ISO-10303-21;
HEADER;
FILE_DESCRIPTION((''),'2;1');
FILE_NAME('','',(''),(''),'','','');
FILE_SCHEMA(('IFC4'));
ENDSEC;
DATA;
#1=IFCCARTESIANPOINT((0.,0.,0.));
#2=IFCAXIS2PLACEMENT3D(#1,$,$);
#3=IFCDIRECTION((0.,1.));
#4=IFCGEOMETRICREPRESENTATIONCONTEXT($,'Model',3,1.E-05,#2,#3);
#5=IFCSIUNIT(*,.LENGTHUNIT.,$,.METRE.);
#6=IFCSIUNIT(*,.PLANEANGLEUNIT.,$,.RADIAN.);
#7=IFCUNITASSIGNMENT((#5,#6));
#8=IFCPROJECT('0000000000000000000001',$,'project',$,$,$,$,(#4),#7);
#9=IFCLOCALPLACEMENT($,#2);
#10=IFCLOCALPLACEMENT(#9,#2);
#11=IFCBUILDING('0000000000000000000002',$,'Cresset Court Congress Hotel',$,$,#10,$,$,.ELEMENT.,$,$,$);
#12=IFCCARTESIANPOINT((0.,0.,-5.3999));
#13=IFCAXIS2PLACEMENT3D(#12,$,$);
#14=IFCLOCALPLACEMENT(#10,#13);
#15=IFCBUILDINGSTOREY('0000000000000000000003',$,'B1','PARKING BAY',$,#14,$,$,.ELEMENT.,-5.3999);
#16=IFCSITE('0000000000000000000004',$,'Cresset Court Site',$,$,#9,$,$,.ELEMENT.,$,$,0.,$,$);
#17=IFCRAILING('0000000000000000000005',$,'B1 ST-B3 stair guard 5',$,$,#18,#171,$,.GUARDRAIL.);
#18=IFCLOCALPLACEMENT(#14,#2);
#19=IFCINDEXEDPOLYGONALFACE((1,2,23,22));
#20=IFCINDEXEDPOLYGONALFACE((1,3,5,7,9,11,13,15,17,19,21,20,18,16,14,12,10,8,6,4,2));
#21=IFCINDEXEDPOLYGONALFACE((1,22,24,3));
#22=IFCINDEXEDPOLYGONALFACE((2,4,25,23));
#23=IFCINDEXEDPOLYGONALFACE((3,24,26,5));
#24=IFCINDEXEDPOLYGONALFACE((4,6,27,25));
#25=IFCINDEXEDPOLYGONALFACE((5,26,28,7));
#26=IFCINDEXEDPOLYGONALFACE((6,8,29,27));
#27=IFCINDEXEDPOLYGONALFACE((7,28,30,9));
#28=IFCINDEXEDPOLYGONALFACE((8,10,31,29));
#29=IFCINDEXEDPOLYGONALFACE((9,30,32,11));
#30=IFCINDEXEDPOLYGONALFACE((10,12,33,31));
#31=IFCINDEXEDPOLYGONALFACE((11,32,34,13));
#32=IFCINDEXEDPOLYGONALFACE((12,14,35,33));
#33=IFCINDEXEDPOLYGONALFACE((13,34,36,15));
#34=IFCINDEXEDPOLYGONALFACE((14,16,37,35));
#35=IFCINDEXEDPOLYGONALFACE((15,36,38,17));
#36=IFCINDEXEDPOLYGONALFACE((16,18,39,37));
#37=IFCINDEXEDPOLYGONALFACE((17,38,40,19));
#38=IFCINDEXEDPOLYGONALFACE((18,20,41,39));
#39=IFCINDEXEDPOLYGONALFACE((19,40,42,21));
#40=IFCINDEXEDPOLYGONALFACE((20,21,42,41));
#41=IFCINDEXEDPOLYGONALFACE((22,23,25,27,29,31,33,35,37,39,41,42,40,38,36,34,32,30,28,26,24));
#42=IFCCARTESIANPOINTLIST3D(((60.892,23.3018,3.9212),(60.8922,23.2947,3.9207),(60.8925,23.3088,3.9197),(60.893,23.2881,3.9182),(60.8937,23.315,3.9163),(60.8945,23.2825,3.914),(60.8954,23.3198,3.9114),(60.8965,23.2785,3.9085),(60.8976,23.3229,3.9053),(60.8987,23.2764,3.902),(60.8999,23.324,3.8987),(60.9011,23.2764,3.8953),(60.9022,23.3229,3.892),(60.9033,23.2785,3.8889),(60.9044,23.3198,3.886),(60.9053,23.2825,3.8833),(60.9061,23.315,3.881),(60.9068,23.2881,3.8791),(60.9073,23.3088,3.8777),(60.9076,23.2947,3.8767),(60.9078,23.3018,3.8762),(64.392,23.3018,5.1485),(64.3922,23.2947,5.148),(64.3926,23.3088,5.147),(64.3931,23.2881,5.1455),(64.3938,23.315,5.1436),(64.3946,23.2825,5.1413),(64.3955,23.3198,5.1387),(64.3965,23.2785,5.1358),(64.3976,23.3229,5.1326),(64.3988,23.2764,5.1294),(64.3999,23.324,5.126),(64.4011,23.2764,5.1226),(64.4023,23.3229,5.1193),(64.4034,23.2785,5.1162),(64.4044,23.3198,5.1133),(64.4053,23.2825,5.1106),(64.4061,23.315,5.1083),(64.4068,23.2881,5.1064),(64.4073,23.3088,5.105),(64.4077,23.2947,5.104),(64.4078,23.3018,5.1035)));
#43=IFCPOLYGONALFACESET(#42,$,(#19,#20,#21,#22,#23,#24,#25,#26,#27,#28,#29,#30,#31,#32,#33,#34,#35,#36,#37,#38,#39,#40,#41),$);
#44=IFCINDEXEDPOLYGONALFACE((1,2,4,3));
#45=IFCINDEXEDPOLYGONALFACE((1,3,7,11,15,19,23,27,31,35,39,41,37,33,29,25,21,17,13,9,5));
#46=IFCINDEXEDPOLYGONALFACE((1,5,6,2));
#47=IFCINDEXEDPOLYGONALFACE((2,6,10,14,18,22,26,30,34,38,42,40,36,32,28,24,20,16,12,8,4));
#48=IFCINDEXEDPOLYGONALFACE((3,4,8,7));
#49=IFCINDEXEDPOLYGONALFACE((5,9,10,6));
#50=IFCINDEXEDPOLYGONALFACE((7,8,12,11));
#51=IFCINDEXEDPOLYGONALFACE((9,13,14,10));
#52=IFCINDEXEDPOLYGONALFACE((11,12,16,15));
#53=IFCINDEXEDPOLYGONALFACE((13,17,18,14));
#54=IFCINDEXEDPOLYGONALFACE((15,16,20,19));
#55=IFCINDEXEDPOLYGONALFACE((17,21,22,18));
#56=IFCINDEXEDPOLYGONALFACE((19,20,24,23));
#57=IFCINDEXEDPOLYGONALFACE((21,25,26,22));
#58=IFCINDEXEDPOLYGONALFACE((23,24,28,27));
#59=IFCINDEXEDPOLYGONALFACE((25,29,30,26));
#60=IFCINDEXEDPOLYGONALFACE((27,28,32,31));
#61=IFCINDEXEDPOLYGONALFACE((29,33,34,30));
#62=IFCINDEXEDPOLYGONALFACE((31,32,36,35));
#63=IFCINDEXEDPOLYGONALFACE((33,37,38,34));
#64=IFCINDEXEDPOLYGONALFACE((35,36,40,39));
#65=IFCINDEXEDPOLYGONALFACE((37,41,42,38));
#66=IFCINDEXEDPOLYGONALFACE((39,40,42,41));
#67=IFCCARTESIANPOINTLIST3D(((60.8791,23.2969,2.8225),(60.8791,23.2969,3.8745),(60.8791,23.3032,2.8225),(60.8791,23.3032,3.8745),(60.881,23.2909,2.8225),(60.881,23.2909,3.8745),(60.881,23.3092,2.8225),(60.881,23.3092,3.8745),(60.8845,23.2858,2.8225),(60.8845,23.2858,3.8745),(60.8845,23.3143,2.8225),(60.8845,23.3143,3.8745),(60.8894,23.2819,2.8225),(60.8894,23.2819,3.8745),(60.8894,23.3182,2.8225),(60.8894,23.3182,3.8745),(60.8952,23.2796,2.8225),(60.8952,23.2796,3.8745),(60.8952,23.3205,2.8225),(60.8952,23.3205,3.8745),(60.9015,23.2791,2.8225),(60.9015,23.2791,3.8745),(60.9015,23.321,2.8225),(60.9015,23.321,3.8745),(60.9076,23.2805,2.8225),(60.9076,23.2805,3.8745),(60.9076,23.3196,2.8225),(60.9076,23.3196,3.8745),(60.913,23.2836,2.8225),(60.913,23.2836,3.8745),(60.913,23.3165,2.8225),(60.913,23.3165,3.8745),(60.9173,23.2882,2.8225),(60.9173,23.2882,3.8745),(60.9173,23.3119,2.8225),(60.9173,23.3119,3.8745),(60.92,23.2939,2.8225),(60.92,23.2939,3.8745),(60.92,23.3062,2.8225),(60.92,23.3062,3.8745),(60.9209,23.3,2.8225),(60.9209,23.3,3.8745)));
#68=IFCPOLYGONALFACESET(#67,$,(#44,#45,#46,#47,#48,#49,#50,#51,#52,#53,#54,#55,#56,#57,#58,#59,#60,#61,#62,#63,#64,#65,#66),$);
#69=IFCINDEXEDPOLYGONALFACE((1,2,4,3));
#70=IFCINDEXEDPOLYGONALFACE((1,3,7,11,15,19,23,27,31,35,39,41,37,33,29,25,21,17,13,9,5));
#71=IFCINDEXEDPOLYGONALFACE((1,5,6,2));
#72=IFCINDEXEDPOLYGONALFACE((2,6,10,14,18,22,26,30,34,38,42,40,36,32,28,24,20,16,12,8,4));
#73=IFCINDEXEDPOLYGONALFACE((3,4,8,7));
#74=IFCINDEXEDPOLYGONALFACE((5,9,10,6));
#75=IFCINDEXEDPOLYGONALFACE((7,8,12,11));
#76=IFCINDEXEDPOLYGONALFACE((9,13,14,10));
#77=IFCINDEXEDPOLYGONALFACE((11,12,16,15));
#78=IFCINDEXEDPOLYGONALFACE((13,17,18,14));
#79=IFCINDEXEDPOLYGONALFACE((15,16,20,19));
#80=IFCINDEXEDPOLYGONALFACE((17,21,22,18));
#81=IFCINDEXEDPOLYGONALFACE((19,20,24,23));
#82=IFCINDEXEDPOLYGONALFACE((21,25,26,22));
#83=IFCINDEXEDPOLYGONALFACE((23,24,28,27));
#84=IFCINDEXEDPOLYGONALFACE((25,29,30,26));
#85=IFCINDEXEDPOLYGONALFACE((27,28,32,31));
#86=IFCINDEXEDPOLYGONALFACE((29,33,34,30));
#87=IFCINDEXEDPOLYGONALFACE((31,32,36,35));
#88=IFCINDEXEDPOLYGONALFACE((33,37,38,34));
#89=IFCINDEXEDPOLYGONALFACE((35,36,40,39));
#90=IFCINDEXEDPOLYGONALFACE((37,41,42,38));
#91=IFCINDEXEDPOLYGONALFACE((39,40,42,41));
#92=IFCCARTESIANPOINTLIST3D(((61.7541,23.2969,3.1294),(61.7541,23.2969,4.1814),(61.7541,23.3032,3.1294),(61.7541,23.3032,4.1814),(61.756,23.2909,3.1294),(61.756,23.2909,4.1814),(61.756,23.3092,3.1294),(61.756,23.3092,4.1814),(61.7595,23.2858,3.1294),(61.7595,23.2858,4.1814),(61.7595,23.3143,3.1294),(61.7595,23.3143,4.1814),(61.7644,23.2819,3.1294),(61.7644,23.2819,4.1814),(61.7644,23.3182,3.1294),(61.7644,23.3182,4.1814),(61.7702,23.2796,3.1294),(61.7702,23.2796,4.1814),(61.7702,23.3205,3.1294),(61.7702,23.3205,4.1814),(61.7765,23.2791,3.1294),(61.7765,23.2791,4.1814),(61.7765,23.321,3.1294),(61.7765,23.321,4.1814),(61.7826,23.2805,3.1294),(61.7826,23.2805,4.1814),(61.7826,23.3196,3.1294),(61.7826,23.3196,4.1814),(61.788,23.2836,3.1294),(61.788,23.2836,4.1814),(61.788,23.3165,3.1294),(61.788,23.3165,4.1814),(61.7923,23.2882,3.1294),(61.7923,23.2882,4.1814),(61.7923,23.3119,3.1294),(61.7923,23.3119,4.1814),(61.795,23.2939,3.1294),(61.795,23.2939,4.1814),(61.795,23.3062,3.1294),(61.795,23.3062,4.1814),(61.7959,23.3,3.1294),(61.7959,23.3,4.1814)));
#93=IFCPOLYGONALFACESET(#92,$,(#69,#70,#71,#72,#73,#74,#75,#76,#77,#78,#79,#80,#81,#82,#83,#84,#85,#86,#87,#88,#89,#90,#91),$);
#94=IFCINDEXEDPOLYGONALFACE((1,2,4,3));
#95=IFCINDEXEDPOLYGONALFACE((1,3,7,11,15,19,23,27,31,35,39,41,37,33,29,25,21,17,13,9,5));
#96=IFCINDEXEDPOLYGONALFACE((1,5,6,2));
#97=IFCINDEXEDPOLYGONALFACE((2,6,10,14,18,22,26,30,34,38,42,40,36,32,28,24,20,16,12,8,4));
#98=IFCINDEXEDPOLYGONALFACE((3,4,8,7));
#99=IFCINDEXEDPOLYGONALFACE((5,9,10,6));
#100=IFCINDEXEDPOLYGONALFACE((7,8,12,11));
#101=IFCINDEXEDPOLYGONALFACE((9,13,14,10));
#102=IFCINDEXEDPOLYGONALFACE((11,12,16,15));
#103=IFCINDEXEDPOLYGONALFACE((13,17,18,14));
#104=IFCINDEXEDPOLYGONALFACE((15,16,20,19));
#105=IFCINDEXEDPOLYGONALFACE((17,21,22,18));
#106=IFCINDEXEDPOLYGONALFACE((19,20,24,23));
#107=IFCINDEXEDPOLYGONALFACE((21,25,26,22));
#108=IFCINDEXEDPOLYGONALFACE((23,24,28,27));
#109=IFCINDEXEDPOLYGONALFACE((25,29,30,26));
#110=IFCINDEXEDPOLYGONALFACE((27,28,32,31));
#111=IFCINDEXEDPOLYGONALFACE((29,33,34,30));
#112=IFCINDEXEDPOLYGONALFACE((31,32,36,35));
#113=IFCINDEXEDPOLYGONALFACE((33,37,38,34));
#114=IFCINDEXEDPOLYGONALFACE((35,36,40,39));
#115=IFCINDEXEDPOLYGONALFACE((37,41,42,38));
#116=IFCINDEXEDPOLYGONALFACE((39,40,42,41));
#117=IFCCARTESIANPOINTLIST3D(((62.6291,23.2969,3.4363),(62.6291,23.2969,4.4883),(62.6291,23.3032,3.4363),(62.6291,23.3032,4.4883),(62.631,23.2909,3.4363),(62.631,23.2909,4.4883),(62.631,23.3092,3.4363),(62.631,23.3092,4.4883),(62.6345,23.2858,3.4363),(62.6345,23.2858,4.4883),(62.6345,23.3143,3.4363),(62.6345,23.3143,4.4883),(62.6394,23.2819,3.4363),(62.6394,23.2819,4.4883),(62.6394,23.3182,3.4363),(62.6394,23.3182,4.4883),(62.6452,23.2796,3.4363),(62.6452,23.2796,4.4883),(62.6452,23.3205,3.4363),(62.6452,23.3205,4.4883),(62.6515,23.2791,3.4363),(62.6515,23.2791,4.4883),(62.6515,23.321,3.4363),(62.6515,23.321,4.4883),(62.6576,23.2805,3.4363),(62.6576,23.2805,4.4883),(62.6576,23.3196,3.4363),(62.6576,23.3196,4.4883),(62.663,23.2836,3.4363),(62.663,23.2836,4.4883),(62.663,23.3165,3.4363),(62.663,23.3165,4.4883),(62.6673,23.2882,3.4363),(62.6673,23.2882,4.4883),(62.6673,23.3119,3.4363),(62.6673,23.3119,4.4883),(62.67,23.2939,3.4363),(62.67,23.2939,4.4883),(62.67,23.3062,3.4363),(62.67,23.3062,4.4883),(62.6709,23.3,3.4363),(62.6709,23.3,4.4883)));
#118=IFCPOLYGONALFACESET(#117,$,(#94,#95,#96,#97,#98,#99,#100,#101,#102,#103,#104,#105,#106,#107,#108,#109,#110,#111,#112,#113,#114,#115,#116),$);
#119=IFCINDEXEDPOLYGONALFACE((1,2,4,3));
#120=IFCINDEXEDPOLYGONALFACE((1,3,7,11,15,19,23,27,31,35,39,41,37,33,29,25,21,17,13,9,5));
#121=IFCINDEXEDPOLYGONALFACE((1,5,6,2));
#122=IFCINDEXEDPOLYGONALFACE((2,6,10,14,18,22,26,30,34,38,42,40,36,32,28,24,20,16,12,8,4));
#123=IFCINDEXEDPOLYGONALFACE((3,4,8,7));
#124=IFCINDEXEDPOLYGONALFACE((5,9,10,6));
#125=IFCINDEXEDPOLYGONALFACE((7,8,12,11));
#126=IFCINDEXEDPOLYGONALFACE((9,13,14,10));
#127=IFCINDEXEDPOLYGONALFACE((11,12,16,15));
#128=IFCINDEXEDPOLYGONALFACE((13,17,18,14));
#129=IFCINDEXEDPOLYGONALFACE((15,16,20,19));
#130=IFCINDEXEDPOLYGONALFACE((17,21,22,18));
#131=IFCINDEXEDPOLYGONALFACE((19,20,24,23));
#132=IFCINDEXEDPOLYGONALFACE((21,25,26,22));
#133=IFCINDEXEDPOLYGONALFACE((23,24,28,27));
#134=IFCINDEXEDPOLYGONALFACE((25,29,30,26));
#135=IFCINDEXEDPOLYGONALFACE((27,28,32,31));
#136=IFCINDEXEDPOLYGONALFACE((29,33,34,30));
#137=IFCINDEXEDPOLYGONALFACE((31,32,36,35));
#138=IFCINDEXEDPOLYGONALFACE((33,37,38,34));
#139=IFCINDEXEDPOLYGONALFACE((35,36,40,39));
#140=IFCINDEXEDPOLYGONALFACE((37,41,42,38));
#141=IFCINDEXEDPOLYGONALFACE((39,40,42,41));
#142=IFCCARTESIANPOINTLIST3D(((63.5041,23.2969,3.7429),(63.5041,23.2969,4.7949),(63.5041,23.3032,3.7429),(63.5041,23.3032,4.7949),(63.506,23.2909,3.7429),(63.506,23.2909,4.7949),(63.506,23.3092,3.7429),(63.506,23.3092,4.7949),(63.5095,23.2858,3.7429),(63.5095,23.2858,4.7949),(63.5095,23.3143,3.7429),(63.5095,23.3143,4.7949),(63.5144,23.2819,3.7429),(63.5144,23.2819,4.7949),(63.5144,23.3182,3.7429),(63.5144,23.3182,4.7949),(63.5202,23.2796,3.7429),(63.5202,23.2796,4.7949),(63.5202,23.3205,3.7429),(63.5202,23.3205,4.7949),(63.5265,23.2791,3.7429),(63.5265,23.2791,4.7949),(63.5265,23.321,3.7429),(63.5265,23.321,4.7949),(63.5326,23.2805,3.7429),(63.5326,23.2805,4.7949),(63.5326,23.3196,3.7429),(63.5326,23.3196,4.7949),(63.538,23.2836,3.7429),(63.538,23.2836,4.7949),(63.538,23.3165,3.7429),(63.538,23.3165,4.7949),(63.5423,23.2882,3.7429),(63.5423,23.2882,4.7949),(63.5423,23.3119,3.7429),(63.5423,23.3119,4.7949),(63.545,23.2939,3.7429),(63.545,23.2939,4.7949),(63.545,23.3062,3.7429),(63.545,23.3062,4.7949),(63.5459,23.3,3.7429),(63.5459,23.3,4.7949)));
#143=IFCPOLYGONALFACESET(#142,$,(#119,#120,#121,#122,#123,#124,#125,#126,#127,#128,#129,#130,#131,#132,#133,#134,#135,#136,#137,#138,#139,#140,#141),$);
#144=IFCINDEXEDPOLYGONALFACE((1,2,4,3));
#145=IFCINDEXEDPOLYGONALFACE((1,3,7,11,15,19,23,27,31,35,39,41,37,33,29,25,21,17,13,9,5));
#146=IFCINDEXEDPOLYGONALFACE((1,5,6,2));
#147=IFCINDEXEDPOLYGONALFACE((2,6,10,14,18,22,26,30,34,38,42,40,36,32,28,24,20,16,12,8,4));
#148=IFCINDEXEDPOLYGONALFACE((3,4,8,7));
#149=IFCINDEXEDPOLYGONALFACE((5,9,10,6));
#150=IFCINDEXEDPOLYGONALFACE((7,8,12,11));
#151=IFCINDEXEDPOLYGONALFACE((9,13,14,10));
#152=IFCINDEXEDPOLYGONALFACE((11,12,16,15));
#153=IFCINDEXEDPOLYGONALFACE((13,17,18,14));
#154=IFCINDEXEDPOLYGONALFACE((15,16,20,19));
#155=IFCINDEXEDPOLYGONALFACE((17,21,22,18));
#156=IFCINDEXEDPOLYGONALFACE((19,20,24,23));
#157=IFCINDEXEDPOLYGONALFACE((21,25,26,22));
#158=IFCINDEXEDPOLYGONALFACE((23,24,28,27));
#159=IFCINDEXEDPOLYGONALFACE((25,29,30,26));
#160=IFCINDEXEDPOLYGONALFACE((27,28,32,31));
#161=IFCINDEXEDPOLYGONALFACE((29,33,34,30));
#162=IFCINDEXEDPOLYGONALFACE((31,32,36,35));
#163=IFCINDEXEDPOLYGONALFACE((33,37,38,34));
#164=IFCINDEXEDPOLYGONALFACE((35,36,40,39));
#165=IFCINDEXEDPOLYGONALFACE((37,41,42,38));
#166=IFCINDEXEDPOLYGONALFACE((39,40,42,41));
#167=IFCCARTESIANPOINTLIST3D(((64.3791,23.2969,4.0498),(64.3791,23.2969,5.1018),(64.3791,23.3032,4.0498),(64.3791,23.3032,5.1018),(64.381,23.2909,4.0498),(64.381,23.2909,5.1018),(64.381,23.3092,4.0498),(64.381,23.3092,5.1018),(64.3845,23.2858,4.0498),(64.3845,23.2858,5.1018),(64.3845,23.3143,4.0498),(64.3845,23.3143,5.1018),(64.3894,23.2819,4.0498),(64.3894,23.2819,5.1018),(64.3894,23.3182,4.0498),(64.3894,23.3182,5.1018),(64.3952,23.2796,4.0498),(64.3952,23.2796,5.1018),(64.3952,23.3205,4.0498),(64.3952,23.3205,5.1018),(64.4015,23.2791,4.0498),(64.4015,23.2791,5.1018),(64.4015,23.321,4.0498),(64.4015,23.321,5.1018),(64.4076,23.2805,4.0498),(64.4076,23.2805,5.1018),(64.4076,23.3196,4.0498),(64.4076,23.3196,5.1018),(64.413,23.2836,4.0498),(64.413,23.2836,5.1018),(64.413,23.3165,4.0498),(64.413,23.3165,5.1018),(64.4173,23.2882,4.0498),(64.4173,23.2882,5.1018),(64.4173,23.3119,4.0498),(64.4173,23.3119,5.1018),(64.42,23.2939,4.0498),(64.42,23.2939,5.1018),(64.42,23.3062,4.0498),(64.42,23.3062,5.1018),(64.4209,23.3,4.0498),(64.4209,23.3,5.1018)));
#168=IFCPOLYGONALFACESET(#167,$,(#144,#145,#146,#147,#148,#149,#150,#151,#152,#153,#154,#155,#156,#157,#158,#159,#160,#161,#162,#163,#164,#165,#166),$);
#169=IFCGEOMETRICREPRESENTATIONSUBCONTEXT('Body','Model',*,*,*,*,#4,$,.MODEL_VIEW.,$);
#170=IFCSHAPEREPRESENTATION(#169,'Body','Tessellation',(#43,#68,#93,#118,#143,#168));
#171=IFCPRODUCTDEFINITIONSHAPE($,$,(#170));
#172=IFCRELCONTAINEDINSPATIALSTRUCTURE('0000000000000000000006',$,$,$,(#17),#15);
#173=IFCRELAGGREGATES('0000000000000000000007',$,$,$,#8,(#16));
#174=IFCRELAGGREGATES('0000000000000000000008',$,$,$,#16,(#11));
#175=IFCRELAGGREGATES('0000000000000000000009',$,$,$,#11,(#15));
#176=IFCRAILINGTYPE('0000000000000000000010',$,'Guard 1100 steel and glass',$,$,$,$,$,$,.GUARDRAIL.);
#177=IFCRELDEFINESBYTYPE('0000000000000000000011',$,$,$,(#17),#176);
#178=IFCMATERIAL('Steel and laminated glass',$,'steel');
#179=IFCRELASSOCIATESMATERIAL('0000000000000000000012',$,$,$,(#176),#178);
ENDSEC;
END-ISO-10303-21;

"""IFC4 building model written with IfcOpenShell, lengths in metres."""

from ifc_helpers import new_model, si_unit, direction, frame, origin, origin_2d, place, context, subcontext, project, spatial, circle, extrude, material, type_object, element, save


model = new_model("IFC4")

# Units and contexts
model_context = context("Model", 3, precision=1e-05, world=origin(), true_north=direction((0.0, 1.0)))
body_context = subcontext(model_context, "Body", "Model", "MODEL_VIEW")
ifc_project = project(units=[si_unit("LENGTHUNIT", "METRE"), si_unit("PLANEANGLEUNIT", "RADIAN")], contexts=[model_context])

# Site, building, storey
site_placement = place(None, origin())
site = spatial("IfcSite", under=ifc_project, at=site_placement, Name="Cresset Court Site", CompositionType="ELEMENT", RefElevation=0.0)
building_placement = place(site_placement, origin())
building = spatial("IfcBuilding", under=site, at=building_placement, Name="Cresset Court Congress Hotel", CompositionType="ELEMENT")
storey_placement = place(building_placement, frame((0.0, 0.0, -5.3999)))
storey = spatial("IfcBuildingStorey", under=building, at=storey_placement, Name="B1", Description="PARKING BAY", CompositionType="ELEMENT", Elevation=-5.3999)

# Railing
ifc_material_1 = material(Name="Steel and laminated glass", Category="steel")
railing_type_1 = type_object("IfcRailingType", Name="Guard 1100 steel and glass", PredefinedType="GUARDRAIL", material=ifc_material_1)
railing_1_placement = place(storey_placement, frame((60.8999, 23.3, 2.8225)))
element("IfcRailing", 1, at=railing_1_placement, inside=storey, type_object=railing_type_1, Name="B1 ST-B3 stair guard 5", PredefinedType="GUARDRAIL", context=body_context, shape_type="SweptSolid", body=[
    extrude(circle(Radius=0.0239, at=origin_2d()), frame((0.0, 0.0, 1.0762), z_axis=(0.943665, 0.0, 0.330902), x_axis=(0.0, 1.0, 0.0)), (0.0, 0.0, 1.0), 3.709),
    extrude(circle(Radius=0.021, at=origin_2d()), origin(), (0.0, 0.0, 1.0), 1.052),
    extrude(circle(Radius=0.021, at=origin_2d()), frame((0.875, 0.0, 0.3069)), (0.0, 0.0, 1.0), 1.052),
    extrude(circle(Radius=0.021, at=origin_2d()), frame((1.75, 0.0, 0.6138)), (0.0, 0.0, 1.0), 1.052),
    extrude(circle(Radius=0.021, at=origin_2d()), frame((2.625, 0.0, 0.9204)), (0.0, 0.0, 1.0), 1.052),
    extrude(circle(Radius=0.021, at=origin_2d()), frame((3.5, 0.0, 1.2273)), (0.0, 0.0, 1.0), 1.052),
])

save(model, "model.ifc")
